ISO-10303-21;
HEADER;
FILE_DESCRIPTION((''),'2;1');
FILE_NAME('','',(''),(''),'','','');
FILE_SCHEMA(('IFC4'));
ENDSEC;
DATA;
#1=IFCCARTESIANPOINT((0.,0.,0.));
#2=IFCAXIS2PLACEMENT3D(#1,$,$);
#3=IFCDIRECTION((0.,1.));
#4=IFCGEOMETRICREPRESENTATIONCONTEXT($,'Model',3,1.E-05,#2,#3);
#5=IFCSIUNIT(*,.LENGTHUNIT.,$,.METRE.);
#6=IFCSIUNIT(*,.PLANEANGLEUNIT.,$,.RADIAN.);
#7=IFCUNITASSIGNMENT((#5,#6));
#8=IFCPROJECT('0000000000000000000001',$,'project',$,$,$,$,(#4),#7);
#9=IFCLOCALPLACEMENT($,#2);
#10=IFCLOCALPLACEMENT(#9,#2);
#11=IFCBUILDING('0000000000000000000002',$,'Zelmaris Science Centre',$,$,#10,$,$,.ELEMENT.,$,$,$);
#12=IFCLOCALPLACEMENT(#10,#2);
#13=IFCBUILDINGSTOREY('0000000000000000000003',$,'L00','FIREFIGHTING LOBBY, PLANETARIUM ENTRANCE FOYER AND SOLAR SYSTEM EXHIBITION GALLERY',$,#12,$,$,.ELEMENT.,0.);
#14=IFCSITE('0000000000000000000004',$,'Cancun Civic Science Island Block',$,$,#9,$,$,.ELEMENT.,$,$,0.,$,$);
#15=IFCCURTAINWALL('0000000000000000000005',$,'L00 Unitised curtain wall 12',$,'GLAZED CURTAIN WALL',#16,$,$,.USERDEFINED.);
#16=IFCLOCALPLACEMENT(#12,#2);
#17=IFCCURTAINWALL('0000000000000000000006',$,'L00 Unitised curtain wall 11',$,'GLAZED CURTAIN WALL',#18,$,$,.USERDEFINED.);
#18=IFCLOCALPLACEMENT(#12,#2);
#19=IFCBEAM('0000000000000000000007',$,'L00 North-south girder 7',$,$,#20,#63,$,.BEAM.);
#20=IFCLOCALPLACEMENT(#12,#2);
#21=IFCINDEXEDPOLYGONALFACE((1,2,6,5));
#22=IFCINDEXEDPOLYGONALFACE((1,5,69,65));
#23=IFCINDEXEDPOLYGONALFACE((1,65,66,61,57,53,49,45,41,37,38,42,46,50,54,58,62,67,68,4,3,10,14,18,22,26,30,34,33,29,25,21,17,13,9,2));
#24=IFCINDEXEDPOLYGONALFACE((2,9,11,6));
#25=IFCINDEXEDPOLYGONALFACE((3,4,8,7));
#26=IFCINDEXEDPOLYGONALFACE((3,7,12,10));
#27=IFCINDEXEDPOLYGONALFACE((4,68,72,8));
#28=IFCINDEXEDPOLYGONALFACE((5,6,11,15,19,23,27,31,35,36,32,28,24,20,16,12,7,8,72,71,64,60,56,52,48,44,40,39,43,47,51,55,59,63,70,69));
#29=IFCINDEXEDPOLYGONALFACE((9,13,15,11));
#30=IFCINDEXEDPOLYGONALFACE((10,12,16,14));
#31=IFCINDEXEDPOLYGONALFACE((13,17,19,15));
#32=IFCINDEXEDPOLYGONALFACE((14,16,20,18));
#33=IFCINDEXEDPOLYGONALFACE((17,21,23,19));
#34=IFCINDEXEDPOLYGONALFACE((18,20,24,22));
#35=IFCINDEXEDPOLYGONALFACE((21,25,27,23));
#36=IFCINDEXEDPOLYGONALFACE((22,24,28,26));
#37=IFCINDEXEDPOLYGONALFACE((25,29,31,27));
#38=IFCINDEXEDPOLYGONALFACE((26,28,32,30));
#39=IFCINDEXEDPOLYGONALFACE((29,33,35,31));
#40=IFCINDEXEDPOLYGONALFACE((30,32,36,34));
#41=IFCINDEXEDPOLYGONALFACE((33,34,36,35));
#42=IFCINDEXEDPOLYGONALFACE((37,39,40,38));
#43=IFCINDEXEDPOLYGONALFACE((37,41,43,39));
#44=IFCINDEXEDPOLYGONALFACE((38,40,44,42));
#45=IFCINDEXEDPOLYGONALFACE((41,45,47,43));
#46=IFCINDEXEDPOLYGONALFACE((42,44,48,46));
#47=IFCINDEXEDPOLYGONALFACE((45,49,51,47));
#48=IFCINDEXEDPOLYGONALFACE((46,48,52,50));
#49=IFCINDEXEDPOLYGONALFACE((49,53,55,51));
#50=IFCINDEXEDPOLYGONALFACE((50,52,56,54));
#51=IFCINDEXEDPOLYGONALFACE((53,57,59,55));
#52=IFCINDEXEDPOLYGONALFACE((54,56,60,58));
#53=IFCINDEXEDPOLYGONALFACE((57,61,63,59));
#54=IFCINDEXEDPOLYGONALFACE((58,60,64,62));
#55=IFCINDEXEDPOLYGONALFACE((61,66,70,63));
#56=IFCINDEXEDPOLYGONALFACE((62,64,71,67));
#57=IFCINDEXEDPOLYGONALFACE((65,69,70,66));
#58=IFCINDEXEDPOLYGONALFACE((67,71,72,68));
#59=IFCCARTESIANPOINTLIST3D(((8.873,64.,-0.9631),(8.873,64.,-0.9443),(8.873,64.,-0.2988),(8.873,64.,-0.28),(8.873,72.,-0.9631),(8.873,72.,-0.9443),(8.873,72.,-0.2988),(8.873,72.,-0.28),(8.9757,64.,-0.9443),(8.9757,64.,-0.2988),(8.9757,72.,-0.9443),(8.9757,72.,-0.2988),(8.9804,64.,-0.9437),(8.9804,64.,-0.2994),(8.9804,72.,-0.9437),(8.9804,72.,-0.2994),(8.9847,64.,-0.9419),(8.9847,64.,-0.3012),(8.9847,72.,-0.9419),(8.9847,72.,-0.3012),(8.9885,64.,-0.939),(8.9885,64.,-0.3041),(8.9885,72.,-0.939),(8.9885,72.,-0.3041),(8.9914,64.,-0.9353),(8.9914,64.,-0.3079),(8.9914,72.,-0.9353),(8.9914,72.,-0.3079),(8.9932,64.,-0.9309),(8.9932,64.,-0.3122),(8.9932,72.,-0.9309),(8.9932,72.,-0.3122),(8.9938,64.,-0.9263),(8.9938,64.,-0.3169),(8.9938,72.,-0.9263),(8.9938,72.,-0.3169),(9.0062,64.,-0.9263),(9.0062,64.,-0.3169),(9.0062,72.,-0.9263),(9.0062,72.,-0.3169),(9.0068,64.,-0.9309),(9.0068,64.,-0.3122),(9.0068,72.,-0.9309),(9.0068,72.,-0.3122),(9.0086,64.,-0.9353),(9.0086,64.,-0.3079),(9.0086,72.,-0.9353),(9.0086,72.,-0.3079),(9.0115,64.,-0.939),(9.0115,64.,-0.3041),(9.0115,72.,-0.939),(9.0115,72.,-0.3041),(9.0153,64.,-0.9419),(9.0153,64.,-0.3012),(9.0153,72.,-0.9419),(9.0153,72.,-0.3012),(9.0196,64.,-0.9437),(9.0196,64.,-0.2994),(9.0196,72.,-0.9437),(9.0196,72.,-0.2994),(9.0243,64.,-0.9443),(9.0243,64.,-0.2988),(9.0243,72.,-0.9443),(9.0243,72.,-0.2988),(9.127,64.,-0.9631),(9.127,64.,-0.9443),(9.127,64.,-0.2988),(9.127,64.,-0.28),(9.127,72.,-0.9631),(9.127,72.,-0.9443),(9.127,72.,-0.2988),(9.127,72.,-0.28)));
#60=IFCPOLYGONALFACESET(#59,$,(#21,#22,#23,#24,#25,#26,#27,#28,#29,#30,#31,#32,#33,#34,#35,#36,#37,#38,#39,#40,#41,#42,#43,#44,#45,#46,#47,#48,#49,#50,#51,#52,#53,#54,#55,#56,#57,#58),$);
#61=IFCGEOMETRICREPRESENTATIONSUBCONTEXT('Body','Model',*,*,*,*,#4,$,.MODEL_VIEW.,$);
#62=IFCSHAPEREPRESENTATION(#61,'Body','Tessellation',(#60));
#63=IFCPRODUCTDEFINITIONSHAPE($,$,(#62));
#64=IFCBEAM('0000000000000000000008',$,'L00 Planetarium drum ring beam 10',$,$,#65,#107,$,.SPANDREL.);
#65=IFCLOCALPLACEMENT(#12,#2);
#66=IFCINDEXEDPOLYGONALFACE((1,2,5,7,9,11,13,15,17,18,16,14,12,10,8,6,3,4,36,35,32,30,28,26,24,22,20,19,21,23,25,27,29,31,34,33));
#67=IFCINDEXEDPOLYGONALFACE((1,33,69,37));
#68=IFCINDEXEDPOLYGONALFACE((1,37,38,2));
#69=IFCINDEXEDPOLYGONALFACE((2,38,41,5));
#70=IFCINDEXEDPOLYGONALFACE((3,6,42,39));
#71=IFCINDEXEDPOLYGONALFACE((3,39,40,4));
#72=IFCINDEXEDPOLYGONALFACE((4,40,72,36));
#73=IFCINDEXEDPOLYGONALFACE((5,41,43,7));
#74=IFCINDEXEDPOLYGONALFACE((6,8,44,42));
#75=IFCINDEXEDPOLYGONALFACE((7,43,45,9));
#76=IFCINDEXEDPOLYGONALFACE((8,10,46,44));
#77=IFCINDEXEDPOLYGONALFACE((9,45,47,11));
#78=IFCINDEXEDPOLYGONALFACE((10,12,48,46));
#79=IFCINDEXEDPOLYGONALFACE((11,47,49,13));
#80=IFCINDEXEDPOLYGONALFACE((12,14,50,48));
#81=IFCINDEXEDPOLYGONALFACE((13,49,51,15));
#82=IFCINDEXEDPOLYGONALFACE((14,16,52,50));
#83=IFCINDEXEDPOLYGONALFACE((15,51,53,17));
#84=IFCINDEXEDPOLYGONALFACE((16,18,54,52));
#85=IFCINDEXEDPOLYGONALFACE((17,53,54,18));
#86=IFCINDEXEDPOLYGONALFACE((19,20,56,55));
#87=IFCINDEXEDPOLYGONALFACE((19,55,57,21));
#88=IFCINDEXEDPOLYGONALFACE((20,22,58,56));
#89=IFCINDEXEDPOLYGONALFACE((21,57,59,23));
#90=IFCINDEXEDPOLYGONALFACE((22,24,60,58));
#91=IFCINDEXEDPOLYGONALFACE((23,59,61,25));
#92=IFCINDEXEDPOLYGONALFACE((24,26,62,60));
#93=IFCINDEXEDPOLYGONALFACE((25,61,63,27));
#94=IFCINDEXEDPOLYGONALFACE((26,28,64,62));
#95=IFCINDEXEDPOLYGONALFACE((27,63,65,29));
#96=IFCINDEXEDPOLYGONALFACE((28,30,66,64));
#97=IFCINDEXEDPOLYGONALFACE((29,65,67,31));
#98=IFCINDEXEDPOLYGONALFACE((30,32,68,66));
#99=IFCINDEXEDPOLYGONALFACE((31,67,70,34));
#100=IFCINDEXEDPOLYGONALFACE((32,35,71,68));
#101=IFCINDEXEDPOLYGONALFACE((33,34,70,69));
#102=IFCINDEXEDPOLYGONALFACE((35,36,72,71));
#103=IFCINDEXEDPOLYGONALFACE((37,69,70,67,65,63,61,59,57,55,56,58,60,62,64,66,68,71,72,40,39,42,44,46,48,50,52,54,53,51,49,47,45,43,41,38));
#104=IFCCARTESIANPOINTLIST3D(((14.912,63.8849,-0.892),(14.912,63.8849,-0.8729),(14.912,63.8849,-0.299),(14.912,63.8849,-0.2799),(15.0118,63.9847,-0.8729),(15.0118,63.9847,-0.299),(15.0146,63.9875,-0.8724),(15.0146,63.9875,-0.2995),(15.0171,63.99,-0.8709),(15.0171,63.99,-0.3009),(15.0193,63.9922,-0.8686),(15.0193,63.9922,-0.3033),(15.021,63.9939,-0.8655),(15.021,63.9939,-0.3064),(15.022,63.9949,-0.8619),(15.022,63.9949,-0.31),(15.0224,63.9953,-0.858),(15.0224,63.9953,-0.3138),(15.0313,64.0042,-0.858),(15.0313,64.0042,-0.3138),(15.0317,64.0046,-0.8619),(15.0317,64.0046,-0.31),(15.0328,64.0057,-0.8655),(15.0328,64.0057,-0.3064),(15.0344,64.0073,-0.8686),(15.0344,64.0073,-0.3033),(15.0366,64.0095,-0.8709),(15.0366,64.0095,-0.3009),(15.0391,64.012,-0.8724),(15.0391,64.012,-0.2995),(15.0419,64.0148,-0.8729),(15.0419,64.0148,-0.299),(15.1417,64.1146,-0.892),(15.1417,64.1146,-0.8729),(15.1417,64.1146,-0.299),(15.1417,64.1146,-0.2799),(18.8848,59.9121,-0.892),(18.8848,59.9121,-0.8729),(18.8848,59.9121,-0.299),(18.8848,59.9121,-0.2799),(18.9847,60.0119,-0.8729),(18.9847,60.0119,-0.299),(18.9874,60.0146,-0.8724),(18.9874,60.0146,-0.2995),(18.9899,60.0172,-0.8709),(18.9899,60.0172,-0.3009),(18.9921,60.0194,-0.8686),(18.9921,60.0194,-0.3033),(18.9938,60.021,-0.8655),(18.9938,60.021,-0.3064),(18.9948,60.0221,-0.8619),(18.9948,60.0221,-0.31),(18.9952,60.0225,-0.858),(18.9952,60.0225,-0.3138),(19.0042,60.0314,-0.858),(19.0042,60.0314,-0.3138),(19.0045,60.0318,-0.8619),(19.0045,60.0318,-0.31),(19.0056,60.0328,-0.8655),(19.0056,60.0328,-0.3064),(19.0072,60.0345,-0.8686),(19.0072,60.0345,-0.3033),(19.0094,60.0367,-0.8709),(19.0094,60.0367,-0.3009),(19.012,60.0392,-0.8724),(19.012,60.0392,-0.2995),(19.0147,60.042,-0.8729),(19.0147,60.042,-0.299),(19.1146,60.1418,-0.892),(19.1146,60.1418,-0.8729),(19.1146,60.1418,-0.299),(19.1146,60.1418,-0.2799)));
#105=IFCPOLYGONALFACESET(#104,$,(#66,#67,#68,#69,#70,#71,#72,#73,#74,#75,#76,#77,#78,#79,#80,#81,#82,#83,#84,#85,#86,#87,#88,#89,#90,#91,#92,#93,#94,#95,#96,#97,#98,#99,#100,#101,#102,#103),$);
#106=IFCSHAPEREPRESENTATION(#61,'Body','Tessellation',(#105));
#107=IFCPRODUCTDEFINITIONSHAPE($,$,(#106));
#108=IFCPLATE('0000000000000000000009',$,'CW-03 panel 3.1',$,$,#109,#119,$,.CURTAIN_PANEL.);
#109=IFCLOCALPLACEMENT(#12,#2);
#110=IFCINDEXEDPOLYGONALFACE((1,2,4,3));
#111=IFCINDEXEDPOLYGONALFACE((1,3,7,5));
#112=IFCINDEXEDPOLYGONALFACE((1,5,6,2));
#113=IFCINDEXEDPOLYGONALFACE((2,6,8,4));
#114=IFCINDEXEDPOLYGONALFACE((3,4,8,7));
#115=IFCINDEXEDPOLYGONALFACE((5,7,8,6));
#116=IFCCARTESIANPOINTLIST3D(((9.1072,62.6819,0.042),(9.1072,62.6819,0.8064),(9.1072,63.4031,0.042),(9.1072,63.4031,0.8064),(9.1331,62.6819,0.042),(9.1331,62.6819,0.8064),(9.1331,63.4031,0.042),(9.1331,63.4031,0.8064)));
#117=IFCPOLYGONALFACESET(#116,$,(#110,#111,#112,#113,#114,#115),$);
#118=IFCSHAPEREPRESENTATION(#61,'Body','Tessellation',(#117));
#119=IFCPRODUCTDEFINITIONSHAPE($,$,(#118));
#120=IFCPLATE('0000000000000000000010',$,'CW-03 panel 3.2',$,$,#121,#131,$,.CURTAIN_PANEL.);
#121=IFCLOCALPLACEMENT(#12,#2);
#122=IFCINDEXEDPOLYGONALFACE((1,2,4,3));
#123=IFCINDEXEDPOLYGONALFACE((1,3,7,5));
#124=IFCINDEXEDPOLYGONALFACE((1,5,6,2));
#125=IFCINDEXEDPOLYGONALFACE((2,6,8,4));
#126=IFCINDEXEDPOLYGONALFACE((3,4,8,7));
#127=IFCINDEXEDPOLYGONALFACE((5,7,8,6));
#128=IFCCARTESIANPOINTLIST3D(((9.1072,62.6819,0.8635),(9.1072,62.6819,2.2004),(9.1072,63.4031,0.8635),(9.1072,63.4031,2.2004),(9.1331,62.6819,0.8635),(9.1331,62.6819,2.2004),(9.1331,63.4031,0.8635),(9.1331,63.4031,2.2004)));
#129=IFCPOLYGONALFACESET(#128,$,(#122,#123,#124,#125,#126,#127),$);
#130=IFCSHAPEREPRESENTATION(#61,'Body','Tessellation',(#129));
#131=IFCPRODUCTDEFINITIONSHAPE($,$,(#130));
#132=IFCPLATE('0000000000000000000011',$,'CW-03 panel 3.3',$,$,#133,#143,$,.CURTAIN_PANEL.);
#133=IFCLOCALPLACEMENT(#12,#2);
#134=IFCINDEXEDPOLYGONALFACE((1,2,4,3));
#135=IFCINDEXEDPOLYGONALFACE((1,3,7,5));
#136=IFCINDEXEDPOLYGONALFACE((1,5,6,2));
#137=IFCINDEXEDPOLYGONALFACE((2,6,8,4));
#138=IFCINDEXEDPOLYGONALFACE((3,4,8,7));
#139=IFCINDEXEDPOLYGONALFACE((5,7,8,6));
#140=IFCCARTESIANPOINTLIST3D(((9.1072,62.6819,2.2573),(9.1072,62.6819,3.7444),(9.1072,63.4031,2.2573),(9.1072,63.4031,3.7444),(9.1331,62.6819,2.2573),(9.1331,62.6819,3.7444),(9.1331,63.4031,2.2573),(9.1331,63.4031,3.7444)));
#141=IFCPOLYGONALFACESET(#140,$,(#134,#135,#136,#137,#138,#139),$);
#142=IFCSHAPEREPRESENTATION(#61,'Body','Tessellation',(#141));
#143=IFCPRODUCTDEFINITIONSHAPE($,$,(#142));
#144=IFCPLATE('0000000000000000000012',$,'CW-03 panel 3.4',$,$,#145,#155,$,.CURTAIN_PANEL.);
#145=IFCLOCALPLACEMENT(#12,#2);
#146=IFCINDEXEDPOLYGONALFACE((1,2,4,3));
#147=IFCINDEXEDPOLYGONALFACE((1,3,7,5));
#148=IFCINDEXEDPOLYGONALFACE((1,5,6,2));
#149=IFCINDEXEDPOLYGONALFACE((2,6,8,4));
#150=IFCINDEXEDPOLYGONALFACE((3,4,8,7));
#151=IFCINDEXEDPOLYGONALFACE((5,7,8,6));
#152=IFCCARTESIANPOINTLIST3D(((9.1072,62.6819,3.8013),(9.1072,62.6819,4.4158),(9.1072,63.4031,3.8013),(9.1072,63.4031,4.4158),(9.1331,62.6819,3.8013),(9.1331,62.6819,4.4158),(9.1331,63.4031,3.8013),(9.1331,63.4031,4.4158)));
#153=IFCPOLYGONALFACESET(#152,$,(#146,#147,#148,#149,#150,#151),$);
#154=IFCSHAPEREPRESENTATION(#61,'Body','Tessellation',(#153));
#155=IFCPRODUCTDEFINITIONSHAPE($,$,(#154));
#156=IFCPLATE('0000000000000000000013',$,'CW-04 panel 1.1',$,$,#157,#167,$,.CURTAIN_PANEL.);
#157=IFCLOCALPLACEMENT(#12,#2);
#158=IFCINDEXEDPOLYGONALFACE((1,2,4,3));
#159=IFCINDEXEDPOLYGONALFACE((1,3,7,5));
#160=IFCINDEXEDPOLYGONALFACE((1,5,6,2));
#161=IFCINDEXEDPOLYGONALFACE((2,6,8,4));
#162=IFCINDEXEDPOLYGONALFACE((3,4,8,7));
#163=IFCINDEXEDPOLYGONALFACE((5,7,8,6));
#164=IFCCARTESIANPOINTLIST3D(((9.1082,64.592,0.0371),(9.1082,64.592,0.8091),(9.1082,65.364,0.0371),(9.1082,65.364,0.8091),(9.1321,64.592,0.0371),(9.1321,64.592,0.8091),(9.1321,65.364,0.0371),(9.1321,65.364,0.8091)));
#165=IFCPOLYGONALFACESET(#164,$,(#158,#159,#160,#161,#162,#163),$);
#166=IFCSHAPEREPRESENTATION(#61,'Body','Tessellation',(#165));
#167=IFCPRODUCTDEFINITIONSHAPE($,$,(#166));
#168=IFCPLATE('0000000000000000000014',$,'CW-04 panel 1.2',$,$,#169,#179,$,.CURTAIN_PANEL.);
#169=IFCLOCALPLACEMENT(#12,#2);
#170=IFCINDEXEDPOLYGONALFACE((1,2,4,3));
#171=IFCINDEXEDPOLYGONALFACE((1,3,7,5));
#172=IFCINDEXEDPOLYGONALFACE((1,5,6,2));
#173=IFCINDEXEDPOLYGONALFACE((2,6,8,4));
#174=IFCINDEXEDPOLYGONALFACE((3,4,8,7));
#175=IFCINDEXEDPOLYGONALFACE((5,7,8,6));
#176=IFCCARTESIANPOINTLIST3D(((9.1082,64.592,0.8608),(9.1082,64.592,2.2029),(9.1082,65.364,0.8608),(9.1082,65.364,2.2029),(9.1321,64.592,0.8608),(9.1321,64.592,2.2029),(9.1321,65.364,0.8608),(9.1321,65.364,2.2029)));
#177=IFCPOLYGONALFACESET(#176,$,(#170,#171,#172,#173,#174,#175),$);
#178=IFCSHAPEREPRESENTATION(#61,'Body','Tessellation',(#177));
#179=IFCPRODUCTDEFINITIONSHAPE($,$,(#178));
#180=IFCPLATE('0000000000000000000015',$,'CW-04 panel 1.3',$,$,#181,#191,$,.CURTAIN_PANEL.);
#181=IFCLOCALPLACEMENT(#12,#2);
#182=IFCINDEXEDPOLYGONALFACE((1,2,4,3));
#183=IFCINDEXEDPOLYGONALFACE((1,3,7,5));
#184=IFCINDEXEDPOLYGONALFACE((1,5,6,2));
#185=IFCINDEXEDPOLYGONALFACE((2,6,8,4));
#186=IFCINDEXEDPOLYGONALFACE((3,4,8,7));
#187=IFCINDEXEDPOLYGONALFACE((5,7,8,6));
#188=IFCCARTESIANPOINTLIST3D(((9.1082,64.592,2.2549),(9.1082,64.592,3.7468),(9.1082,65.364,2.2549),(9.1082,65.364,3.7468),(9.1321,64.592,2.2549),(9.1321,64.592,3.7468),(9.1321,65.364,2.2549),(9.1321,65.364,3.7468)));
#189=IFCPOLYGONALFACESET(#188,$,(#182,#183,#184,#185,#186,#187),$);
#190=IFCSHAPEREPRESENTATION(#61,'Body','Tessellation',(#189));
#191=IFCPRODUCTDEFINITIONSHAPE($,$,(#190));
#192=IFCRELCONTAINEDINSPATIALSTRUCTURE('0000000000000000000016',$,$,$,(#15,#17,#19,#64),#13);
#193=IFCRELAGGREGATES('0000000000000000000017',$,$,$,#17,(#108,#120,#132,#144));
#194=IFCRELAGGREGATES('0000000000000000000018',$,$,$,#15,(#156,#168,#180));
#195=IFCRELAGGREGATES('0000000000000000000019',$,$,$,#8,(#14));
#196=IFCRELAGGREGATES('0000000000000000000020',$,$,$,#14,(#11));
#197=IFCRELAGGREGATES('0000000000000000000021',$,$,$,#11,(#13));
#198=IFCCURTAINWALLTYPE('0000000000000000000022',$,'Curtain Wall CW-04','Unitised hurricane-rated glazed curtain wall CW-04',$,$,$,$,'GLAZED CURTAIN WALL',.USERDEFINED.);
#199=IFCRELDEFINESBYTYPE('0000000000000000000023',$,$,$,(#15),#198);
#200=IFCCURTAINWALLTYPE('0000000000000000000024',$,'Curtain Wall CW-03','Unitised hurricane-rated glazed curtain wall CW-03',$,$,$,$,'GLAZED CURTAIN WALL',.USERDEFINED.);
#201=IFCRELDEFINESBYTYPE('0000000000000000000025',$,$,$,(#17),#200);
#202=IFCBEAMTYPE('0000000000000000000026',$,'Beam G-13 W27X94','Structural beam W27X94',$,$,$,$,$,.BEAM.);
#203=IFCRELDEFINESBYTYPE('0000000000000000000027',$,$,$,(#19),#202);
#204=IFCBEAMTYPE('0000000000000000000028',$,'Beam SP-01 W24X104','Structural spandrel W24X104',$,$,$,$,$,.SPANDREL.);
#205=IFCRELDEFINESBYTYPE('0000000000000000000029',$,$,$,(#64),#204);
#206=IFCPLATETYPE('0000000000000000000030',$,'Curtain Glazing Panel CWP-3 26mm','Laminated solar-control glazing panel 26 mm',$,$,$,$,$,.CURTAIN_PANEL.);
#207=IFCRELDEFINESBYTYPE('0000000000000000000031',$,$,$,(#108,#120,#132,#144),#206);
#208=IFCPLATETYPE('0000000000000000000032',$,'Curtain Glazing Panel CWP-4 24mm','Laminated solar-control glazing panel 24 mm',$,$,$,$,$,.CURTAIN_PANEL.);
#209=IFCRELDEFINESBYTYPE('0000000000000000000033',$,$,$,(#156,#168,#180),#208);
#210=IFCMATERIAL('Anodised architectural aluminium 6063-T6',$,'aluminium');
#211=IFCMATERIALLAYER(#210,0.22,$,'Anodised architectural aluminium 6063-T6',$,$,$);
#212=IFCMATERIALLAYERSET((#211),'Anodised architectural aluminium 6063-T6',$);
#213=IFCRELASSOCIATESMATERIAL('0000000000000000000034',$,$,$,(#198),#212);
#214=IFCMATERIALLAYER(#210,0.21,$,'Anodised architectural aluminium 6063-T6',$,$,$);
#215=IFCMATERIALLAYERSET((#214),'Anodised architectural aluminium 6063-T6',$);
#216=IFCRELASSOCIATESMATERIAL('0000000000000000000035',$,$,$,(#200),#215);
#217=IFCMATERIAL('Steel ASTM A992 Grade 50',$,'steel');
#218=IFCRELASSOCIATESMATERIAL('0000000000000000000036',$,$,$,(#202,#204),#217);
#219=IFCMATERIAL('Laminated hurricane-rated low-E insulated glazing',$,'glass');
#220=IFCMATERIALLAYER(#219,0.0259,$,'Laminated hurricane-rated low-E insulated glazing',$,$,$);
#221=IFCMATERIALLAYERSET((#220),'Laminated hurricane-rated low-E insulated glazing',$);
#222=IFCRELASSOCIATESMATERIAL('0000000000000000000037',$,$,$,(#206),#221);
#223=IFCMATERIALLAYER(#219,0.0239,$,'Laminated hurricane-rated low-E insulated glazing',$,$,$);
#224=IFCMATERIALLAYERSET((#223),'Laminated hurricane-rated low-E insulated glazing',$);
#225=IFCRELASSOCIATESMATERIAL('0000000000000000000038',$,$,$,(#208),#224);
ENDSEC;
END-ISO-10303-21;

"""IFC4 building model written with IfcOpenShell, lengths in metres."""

from ifc_helpers import new_model, si_unit, direction, frame, origin, origin_2d, place, context, subcontext, project, spatial, rectangle, i_section, extrude, material, layer, layer_set, material_profile, profile_set, type_object, element, aggregate, save


model = new_model("IFC4")

# Units and contexts
model_context = context("Model", 3, precision=1e-05, world=origin(), true_north=direction((0.0, 1.0)))
body_context = subcontext(model_context, "Body", "Model", "MODEL_VIEW")
ifc_project = project(units=[si_unit("LENGTHUNIT", "METRE"), si_unit("PLANEANGLEUNIT", "RADIAN")], contexts=[model_context])

# Site, building, storey
site_placement = place(None, origin())
site = spatial("IfcSite", under=ifc_project, at=site_placement, Name="Cancun Civic Science Island Block", CompositionType="ELEMENT", RefElevation=0.0)
building_placement = place(site_placement, origin())
building = spatial("IfcBuilding", under=site, at=building_placement, Name="Zelmaris Science Centre", CompositionType="ELEMENT")
storey_placement = place(building_placement, origin())
storey = spatial("IfcBuildingStorey", under=building, at=storey_placement, Name="L00", Description="FIREFIGHTING LOBBY, PLANETARIUM ENTRANCE FOYER AND SOLAR SYSTEM EXHIBITION GALLERY", CompositionType="ELEMENT", Elevation=0.0)

# Shared definitions
ifc_material_1 = material(Name="Steel ASTM A992 Grade 50", Category="steel")

# Curtain wall
ifc_material_2 = material(Name="Anodised architectural aluminium 6063-T6", Category="aluminium")
ifc_layer_1 = layer(ifc_material_2, 0.22, Name="Anodised architectural aluminium 6063-T6")
ifc_layer_set_1 = layer_set([ifc_layer_1], Name="Anodised architectural aluminium 6063-T6")
curtain_wall_type_1 = type_object("IfcCurtainWallType", Name="Curtain Wall CW-04", Description="Unitised hurricane-rated glazed curtain wall CW-04", ElementType="GLAZED CURTAIN WALL", PredefinedType="USERDEFINED", material=ifc_layer_set_1)
curtain_wall_1_placement = place(storey_placement, origin())
curtain_wall_1 = element("IfcCurtainWall", 1, at=curtain_wall_1_placement, inside=storey, type_object=curtain_wall_type_1, Name="L00 Unitised curtain wall 12", ObjectType="GLAZED CURTAIN WALL", PredefinedType="USERDEFINED")

# Curtain wall
ifc_layer_2 = layer(ifc_material_2, 0.21, Name="Anodised architectural aluminium 6063-T6")
ifc_layer_set_2 = layer_set([ifc_layer_2], Name="Anodised architectural aluminium 6063-T6")
curtain_wall_type_2 = type_object("IfcCurtainWallType", Name="Curtain Wall CW-03", Description="Unitised hurricane-rated glazed curtain wall CW-03", ElementType="GLAZED CURTAIN WALL", PredefinedType="USERDEFINED", material=ifc_layer_set_2)
curtain_wall_2_placement = place(storey_placement, origin())
curtain_wall_2 = element("IfcCurtainWall", 2, at=curtain_wall_2_placement, inside=storey, type_object=curtain_wall_type_2, Name="L00 Unitised curtain wall 11", ObjectType="GLAZED CURTAIN WALL", PredefinedType="USERDEFINED")

# Beams
ifc_material_profile_1 = material_profile(ifc_material_1, i_section(OverallWidth=0.2539, OverallDepth=0.6831, WebThickness=0.0125, FlangeThickness=0.0188, FilletRadius=0.0181, at=origin_2d()), Name="W27X94")
ifc_profile_set_1 = profile_set([ifc_material_profile_1], Name="Steel ASTM A992 Grade 50")
beam_type_1 = type_object("IfcBeamType", Name="Beam G-13 W27X94", Description="Structural beam W27X94", PredefinedType="BEAM", material=ifc_profile_set_1)
beam_1_placement = place(storey_placement, frame((9.0, 64.0, -0.6216), z_axis=(0.0, 1.0, 0.0), x_axis=(-1.0, 0.0, 0.0)))
element("IfcBeam", 3, at=beam_1_placement, inside=storey, type_object=beam_type_1, Name="L00 North-south girder 7", PredefinedType="BEAM", context=body_context, shape_type="SweptSolid", body=[
    extrude(i_section(OverallWidth=0.2539, OverallDepth=0.6831, WebThickness=0.0125, FlangeThickness=0.0188, FilletRadius=0.0181, at=origin_2d()), origin(), (0.0, 0.0, 1.0), 8.0),
])
ifc_material_profile_2 = material_profile(ifc_material_1, i_section(OverallWidth=0.325, OverallDepth=0.6121, WebThickness=0.0127, FlangeThickness=0.019, FilletRadius=0.0149, at=origin_2d()), Name="W24X104")
ifc_profile_set_2 = profile_set([ifc_material_profile_2], Name="Steel ASTM A992 Grade 50")
beam_type_2 = type_object("IfcBeamType", Name="Beam SP-01 W24X104", Description="Structural spandrel W24X104", PredefinedType="SPANDREL", material=ifc_profile_set_2)
beam_2_placement = place(storey_placement, frame((15.0269, 63.9998, -0.5859), z_axis=(0.707107, -0.707107, 0.0), x_axis=(0.707107, 0.707107, 0.0)))
element("IfcBeam", 4, at=beam_2_placement, inside=storey, type_object=beam_type_2, Name="L00 Planetarium drum ring beam 10", PredefinedType="SPANDREL", context=body_context, shape_type="SweptSolid", body=[
    extrude(i_section(OverallWidth=0.325, OverallDepth=0.6121, WebThickness=0.0127, FlangeThickness=0.019, FilletRadius=0.0149, at=origin_2d()), origin(), (0.0, 0.0, 1.0), 5.6184),
])

# Plates
ifc_material_3 = material(Name="Laminated hurricane-rated low-E insulated glazing", Category="glass")
ifc_layer_3 = layer(ifc_material_3, 0.0259, Name="Laminated hurricane-rated low-E insulated glazing")
ifc_layer_set_3 = layer_set([ifc_layer_3], Name="Laminated hurricane-rated low-E insulated glazing")
plate_type_1 = type_object("IfcPlateType", Name="Curtain Glazing Panel CWP-3 26mm", Description="Laminated solar-control glazing panel 26 mm", PredefinedType="CURTAIN_PANEL", material=ifc_layer_set_3)
plate_1_placement = place(storey_placement, frame((9.1201, 63.0425, 0.042), z_axis=(0.0, 0.0, 1.0), x_axis=(0.0, 1.0, 0.0)))
plate_1 = element("IfcPlate", 5, at=plate_1_placement, type_object=plate_type_1, Name="CW-03 panel 3.1", PredefinedType="CURTAIN_PANEL", context=body_context, shape_type="SweptSolid", body=[
    extrude(rectangle(XDim=0.7212, YDim=0.0259, at=origin_2d()), origin(), (0.0, 0.0, 1.0), 0.7644),
])
plate_2_placement = place(storey_placement, frame((9.1201, 63.0425, 0.8635), z_axis=(0.0, 0.0, 1.0), x_axis=(0.0, 1.0, 0.0)))
plate_2 = element("IfcPlate", 6, at=plate_2_placement, type_object=plate_type_1, Name="CW-03 panel 3.2", PredefinedType="CURTAIN_PANEL", context=body_context, shape_type="SweptSolid", body=[
    extrude(rectangle(XDim=0.7212, YDim=0.0259, at=origin_2d()), origin(), (0.0, 0.0, 1.0), 1.3369),
])
plate_3_placement = place(storey_placement, frame((9.1201, 63.0425, 2.2573), z_axis=(0.0, 0.0, 1.0), x_axis=(0.0, 1.0, 0.0)))
plate_3 = element("IfcPlate", 7, at=plate_3_placement, type_object=plate_type_1, Name="CW-03 panel 3.3", PredefinedType="CURTAIN_PANEL", context=body_context, shape_type="SweptSolid", body=[
    extrude(rectangle(XDim=0.7212, YDim=0.0259, at=origin_2d()), origin(), (0.0, 0.0, 1.0), 1.4871),
])
plate_4_placement = place(storey_placement, frame((9.1201, 63.0425, 3.8013), z_axis=(0.0, 0.0, 1.0), x_axis=(0.0, 1.0, 0.0)))
plate_4 = element("IfcPlate", 8, at=plate_4_placement, type_object=plate_type_1, Name="CW-03 panel 3.4", PredefinedType="CURTAIN_PANEL", context=body_context, shape_type="SweptSolid", body=[
    extrude(rectangle(XDim=0.7212, YDim=0.0259, at=origin_2d()), origin(), (0.0, 0.0, 1.0), 0.6145),
])
aggregate(curtain_wall_2, [plate_1, plate_2, plate_3, plate_4])
ifc_layer_4 = layer(ifc_material_3, 0.0239, Name="Laminated hurricane-rated low-E insulated glazing")
ifc_layer_set_4 = layer_set([ifc_layer_4], Name="Laminated hurricane-rated low-E insulated glazing")
plate_type_2 = type_object("IfcPlateType", Name="Curtain Glazing Panel CWP-4 24mm", Description="Laminated solar-control glazing panel 24 mm", PredefinedType="CURTAIN_PANEL", material=ifc_layer_set_4)
plate_5_placement = place(storey_placement, frame((9.1201, 64.978, 0.0371), z_axis=(0.0, 0.0, 1.0), x_axis=(0.0, 1.0, 0.0)))
plate_5 = element("IfcPlate", 9, at=plate_5_placement, type_object=plate_type_2, Name="CW-04 panel 1.1", PredefinedType="CURTAIN_PANEL", context=body_context, shape_type="SweptSolid", body=[
    extrude(rectangle(XDim=0.772, YDim=0.0239, at=origin_2d()), origin(), (0.0, 0.0, 1.0), 0.772),
])
plate_6_placement = place(storey_placement, frame((9.1201, 64.978, 0.8608), z_axis=(0.0, 0.0, 1.0), x_axis=(0.0, 1.0, 0.0)))
plate_6 = element("IfcPlate", 10, at=plate_6_placement, type_object=plate_type_2, Name="CW-04 panel 1.2", PredefinedType="CURTAIN_PANEL", context=body_context, shape_type="SweptSolid", body=[
    extrude(rectangle(XDim=0.772, YDim=0.0239, at=origin_2d()), origin(), (0.0, 0.0, 1.0), 1.342),
])
plate_7_placement = place(storey_placement, frame((9.1201, 64.978, 2.2549), z_axis=(0.0, 0.0, 1.0), x_axis=(0.0, 1.0, 0.0)))
plate_7 = element("IfcPlate", 11, at=plate_7_placement, type_object=plate_type_2, Name="CW-04 panel 1.3", PredefinedType="CURTAIN_PANEL", context=body_context, shape_type="SweptSolid", body=[
    extrude(rectangle(XDim=0.772, YDim=0.0239, at=origin_2d()), origin(), (0.0, 0.0, 1.0), 1.4919),
])
aggregate(curtain_wall_1, [plate_5, plate_6, plate_7])

save(model, "model.ifc")
